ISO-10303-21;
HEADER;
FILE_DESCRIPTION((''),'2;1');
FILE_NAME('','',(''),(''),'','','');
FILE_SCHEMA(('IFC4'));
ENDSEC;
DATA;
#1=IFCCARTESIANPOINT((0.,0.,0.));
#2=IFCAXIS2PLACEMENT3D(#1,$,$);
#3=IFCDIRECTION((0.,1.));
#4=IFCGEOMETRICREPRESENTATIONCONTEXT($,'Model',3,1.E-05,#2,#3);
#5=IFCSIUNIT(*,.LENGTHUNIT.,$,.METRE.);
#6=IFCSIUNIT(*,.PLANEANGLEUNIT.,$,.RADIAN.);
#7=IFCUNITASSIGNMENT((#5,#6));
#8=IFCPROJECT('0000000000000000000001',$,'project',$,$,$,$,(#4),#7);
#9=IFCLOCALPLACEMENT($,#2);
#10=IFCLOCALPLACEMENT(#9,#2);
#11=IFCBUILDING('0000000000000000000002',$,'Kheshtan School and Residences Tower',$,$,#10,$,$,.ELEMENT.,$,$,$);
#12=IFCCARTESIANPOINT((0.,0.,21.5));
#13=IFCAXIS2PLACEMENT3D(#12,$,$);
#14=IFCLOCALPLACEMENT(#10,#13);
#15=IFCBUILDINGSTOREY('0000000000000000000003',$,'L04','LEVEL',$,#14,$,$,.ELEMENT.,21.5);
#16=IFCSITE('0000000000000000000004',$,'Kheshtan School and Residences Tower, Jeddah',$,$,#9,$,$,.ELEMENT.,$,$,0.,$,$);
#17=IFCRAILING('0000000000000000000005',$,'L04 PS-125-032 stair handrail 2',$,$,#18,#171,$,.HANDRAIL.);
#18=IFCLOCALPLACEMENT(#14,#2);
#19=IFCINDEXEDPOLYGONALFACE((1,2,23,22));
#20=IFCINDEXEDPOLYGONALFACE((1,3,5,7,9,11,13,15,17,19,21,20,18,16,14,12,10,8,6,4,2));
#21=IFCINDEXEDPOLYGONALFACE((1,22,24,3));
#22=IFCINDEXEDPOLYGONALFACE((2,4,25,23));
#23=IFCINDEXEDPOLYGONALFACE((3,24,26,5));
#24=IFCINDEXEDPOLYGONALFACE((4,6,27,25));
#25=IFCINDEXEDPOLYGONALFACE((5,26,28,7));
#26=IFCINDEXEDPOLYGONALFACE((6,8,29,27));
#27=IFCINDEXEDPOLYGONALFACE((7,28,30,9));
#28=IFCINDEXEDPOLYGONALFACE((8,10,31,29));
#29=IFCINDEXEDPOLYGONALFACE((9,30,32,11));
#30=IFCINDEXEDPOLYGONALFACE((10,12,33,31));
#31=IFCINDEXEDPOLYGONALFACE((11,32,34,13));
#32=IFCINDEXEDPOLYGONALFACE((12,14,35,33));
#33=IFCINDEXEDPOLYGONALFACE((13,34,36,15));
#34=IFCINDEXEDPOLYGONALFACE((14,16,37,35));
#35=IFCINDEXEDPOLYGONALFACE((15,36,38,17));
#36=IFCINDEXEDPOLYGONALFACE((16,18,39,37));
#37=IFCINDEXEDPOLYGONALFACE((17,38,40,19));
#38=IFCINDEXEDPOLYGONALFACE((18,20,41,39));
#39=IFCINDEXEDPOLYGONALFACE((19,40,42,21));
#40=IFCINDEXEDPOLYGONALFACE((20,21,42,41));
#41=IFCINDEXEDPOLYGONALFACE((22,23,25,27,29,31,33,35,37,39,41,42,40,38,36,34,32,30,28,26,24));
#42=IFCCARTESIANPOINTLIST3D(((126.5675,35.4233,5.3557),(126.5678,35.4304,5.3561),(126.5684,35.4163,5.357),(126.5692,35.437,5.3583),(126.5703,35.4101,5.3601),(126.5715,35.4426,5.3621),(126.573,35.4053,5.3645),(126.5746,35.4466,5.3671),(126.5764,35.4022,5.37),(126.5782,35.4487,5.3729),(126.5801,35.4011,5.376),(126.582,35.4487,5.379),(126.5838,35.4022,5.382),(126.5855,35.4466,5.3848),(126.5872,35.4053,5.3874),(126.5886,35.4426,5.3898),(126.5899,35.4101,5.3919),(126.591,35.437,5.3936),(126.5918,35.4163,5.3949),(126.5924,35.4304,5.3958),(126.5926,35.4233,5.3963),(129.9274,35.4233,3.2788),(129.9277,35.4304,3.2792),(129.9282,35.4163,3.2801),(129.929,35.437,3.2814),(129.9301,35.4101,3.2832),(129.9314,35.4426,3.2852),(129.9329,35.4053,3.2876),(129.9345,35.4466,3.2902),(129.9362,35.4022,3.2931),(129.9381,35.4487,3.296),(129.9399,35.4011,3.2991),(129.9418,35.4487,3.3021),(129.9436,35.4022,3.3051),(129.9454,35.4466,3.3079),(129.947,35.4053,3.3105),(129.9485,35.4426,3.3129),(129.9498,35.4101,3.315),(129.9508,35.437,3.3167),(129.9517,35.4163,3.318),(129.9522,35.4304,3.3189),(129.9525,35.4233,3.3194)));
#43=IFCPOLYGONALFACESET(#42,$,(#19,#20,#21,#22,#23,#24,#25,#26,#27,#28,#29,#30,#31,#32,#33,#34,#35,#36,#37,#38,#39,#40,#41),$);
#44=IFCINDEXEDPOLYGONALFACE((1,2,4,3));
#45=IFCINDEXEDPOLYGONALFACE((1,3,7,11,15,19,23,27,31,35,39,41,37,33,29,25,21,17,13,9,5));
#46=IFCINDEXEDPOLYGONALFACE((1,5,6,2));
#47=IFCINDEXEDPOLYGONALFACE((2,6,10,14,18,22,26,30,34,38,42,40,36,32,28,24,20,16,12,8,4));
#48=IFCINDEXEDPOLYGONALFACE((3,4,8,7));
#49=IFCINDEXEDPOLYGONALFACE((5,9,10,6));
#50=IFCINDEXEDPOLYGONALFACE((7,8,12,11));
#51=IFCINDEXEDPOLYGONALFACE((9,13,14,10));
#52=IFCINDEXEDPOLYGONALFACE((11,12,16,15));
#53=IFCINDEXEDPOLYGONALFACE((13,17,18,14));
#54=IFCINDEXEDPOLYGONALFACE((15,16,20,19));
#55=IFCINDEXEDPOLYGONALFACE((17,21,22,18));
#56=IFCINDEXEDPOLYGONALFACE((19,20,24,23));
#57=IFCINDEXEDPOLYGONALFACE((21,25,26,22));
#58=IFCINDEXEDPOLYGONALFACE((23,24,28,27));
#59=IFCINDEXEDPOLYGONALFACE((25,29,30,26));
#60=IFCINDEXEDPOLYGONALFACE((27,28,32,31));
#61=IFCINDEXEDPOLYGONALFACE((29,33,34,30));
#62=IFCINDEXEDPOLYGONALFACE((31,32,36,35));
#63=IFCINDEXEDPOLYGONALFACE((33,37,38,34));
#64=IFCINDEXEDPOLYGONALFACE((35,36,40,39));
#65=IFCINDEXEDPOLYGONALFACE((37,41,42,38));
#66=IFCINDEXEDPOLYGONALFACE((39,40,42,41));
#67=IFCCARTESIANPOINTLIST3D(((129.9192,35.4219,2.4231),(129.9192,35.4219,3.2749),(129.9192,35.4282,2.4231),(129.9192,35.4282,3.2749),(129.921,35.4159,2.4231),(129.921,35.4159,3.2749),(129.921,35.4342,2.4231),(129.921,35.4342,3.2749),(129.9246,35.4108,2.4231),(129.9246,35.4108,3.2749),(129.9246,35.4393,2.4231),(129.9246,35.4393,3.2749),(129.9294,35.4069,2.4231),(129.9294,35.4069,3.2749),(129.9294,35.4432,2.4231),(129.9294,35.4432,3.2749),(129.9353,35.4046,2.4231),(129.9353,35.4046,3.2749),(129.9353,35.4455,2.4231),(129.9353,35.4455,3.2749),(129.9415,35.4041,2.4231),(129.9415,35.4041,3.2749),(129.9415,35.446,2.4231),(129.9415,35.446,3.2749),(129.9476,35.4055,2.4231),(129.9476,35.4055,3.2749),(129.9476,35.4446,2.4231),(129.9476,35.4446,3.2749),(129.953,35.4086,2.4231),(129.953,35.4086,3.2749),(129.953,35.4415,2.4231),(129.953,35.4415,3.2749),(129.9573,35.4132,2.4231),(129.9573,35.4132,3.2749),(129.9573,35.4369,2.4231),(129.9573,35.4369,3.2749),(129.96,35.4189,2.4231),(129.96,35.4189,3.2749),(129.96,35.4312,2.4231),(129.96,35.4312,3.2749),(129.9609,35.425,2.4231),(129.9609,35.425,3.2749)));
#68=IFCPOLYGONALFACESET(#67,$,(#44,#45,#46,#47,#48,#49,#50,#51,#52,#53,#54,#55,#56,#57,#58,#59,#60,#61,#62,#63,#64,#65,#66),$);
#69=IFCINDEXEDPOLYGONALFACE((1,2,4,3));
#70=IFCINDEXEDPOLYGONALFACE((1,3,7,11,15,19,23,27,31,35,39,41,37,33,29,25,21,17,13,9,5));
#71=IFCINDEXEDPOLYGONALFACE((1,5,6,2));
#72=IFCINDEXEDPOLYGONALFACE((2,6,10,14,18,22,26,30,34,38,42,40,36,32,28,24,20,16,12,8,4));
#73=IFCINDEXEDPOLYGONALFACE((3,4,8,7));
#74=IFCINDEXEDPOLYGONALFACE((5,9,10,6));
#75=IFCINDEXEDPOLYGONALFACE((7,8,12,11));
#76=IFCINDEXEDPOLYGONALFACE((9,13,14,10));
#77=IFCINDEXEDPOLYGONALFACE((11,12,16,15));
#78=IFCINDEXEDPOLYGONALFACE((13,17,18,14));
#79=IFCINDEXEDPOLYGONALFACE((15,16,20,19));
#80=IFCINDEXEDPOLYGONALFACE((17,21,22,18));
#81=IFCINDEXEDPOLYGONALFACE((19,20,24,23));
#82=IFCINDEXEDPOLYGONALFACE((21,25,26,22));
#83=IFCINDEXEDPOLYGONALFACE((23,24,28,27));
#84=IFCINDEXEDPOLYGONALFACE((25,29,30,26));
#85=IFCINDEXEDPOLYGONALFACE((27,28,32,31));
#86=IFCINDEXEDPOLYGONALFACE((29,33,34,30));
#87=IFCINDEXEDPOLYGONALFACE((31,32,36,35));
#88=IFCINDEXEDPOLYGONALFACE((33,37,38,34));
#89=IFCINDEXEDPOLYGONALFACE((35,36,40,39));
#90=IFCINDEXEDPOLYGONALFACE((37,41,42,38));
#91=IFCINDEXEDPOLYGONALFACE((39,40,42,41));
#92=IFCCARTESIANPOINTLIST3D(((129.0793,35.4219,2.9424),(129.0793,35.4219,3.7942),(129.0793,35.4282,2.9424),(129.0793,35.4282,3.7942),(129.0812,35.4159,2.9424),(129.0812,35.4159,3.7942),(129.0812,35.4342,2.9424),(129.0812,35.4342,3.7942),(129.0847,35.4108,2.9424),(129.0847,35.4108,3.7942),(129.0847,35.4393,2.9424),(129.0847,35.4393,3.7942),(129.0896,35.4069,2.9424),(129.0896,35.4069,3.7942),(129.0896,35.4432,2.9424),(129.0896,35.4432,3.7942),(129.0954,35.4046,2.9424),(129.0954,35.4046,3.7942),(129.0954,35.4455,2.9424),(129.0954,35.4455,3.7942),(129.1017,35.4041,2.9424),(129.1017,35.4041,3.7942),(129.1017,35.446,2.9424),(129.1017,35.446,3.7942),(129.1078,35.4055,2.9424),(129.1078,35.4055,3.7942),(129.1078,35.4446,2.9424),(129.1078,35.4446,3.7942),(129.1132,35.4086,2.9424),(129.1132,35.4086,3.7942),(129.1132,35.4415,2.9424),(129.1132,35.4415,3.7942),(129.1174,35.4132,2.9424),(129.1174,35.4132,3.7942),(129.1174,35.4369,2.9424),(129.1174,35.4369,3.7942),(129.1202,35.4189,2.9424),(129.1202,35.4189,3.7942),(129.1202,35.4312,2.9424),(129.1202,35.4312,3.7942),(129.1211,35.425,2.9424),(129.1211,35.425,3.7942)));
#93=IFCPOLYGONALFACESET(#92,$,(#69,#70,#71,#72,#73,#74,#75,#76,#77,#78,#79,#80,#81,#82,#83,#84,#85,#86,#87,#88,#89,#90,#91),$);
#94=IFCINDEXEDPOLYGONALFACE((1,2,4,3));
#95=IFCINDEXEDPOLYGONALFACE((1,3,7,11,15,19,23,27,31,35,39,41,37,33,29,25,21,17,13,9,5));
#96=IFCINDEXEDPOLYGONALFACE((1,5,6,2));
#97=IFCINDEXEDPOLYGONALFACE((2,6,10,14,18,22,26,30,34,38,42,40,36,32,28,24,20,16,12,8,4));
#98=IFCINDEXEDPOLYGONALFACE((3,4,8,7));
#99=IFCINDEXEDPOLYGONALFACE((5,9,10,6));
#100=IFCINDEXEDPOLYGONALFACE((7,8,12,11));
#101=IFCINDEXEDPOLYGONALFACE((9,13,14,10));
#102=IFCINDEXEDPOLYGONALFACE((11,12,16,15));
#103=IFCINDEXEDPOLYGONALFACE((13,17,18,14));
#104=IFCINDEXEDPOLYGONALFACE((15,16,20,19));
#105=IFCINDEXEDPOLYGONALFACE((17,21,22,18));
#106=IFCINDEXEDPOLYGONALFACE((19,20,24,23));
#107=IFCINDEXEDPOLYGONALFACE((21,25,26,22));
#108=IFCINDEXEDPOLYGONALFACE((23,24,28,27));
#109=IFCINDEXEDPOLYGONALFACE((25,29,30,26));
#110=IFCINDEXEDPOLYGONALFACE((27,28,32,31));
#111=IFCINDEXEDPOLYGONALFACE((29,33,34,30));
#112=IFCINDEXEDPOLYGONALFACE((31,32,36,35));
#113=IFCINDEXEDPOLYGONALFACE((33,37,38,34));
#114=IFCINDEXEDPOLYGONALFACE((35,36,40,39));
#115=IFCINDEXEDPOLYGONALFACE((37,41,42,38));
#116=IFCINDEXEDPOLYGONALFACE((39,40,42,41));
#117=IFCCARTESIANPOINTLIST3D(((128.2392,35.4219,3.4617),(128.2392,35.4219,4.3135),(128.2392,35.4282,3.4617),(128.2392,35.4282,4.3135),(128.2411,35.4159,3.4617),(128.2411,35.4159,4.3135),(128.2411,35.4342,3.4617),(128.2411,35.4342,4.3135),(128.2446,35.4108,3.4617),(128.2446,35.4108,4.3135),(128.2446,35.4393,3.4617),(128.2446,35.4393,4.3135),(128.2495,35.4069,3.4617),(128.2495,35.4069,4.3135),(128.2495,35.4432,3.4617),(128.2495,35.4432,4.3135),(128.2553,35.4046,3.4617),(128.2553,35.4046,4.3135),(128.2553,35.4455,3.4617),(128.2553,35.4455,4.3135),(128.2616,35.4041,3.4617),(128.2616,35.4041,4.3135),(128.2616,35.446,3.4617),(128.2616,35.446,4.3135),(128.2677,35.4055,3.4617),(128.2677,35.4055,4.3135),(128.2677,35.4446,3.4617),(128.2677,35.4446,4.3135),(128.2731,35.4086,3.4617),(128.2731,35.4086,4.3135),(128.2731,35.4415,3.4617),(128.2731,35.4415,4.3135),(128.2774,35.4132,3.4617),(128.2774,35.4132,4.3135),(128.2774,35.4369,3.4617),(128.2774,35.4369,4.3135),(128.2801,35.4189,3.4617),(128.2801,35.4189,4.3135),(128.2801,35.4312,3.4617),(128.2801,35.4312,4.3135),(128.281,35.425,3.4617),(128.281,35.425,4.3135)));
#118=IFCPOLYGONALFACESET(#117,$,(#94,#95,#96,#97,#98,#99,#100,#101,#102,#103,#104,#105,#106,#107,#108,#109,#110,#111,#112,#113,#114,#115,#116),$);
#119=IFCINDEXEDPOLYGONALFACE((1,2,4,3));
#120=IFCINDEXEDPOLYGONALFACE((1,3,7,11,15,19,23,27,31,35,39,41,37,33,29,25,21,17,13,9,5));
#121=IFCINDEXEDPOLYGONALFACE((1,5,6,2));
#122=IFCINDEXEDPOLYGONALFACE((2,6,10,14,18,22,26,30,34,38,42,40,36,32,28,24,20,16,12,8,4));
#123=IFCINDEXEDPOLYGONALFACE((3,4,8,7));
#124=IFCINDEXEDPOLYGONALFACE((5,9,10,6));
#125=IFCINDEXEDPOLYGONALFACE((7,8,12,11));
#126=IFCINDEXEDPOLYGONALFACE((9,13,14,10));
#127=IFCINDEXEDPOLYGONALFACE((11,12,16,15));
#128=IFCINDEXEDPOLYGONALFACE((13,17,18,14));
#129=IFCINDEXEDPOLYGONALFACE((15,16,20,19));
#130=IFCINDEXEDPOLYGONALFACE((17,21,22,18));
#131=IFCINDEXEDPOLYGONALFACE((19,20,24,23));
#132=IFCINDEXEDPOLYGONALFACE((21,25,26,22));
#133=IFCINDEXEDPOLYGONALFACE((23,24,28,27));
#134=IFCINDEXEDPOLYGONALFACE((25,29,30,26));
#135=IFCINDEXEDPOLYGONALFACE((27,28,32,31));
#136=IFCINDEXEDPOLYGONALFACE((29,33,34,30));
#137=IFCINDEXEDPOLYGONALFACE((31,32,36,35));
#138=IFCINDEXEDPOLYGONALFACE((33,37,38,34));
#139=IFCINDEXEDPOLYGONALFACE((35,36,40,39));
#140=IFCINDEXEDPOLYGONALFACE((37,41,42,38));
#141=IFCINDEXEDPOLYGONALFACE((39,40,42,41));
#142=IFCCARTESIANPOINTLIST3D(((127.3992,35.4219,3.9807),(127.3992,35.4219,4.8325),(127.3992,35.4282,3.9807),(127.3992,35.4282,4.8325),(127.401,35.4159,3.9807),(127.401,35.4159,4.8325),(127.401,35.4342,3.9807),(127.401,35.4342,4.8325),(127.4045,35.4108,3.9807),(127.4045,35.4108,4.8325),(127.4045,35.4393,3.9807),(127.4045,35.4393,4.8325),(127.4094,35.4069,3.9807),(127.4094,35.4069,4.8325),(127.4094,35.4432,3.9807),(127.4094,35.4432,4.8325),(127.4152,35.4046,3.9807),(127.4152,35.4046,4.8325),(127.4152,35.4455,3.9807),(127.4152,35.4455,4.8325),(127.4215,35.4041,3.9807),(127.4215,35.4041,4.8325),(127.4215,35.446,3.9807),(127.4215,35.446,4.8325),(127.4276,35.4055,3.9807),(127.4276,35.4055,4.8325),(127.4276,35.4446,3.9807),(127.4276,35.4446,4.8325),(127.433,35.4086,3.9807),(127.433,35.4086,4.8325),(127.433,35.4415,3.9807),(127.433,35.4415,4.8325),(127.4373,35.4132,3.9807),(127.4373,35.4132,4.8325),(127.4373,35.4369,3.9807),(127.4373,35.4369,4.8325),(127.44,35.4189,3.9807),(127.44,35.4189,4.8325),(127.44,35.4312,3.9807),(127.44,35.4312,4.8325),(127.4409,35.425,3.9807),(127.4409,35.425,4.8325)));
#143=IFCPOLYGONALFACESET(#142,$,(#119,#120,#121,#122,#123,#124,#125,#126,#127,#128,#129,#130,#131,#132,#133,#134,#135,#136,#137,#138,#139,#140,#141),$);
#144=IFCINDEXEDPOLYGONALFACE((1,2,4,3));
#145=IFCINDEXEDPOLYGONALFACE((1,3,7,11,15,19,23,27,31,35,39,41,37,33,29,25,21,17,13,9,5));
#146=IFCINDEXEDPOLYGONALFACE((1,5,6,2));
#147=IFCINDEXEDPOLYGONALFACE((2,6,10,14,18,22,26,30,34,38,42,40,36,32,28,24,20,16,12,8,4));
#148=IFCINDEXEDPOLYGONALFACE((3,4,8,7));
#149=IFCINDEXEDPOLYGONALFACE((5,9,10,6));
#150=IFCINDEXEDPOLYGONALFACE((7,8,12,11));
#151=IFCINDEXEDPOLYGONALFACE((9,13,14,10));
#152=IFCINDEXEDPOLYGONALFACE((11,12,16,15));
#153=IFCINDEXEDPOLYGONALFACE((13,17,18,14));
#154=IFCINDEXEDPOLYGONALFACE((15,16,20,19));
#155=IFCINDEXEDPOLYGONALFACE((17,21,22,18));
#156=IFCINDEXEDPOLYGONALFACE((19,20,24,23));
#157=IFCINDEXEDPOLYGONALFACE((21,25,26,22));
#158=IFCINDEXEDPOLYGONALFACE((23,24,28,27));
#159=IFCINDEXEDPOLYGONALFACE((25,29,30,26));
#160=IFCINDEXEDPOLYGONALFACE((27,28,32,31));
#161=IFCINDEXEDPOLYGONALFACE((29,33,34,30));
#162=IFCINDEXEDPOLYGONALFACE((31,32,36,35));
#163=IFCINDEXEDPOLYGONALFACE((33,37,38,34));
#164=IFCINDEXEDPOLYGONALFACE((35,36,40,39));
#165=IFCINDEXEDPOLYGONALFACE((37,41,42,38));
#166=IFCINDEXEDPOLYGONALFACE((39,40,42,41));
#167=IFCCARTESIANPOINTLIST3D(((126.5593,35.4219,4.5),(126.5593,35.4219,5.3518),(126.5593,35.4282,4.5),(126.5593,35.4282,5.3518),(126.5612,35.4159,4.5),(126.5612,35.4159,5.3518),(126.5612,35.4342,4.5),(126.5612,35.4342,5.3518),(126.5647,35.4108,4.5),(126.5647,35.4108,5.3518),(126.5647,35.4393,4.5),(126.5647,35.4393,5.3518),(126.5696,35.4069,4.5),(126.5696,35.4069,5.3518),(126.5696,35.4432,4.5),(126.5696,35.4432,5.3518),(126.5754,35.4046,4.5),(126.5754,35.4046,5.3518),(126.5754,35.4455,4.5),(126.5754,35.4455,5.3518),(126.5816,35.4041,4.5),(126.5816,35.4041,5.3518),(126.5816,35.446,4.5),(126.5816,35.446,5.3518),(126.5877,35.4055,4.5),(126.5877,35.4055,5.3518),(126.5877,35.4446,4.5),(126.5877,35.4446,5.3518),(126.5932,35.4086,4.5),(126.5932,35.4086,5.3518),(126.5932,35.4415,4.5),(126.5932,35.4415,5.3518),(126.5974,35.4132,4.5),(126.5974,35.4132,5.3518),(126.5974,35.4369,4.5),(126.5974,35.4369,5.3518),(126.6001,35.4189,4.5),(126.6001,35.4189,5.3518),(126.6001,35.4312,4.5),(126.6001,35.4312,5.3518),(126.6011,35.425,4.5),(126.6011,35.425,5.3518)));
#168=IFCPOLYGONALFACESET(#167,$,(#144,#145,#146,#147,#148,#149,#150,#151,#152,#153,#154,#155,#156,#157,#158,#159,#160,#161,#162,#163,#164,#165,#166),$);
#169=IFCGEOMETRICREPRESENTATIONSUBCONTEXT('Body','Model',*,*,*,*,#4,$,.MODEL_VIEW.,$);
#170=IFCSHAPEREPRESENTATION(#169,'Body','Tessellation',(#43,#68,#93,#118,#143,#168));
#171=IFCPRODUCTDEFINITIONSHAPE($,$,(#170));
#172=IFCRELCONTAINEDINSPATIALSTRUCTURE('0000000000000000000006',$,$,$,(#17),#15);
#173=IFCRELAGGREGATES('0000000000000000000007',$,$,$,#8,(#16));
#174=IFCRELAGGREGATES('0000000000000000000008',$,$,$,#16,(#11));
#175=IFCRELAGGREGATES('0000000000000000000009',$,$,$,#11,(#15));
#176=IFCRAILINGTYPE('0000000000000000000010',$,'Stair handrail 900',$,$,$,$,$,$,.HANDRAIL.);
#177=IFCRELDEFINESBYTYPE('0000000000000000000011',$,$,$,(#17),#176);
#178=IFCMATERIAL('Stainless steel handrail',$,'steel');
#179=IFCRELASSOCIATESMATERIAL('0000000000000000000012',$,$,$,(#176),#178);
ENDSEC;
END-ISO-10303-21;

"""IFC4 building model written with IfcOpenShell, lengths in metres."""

from ifc_helpers import new_model, si_unit, direction, frame, origin, origin_2d, place, context, subcontext, project, spatial, circle, extrude, material, type_object, element, save


model = new_model("IFC4")

# Units and contexts
model_context = context("Model", 3, precision=1e-05, world=origin(), true_north=direction((0.0, 1.0)))
body_context = subcontext(model_context, "Body", "Model", "MODEL_VIEW")
ifc_project = project(units=[si_unit("LENGTHUNIT", "METRE"), si_unit("PLANEANGLEUNIT", "RADIAN")], contexts=[model_context])

# Site, building, storey
site_placement = place(None, origin())
site = spatial("IfcSite", under=ifc_project, at=site_placement, Name="Kheshtan School and Residences Tower, Jeddah", CompositionType="ELEMENT", RefElevation=0.0)
building_placement = place(site_placement, origin())
building = spatial("IfcBuilding", under=site, at=building_placement, Name="Kheshtan School and Residences Tower", CompositionType="ELEMENT")
storey_placement = place(building_placement, frame((0.0, 0.0, 21.5)))
storey = spatial("IfcBuildingStorey", under=building, at=storey_placement, Name="L04", Description="LEVEL", CompositionType="ELEMENT", Elevation=21.5)

# Railing
ifc_material_1 = material(Name="Stainless steel handrail", Category="steel")
railing_type_1 = type_object("IfcRailingType", Name="Stair handrail 900", PredefinedType="HANDRAIL", material=ifc_material_1)
railing_1_placement = place(storey_placement, frame((129.9399, 35.425, 2.4231)))
element("IfcRailing", 1, at=railing_1_placement, inside=storey, type_object=railing_type_1, Name="L04 PS-125-032 stair handrail 2", PredefinedType="HANDRAIL", context=body_context, shape_type="SweptSolid", body=[
    extrude(circle(Radius=0.0239, at=origin_2d()), frame((0.0, 0.0, 0.876), z_axis=(-0.850606, 0.0, 0.525803), x_axis=(0.0, -1.0, 0.0)), (0.0, 0.0, 1.0), 3.95),
    extrude(circle(Radius=0.021, at=origin_2d()), origin(), (0.0, 0.0, 1.0), 0.8518),
    extrude(circle(Radius=0.021, at=origin_2d()), frame((-0.8398, 0.0, 0.5193)), (0.0, 0.0, 1.0), 0.8518),
    extrude(circle(Radius=0.021, at=origin_2d()), frame((-1.6799, 0.0, 1.0386)), (0.0, 0.0, 1.0), 0.8518),
    extrude(circle(Radius=0.021, at=origin_2d()), frame((-2.52, 0.0, 1.5576)), (0.0, 0.0, 1.0), 0.8518),
    extrude(circle(Radius=0.021, at=origin_2d()), frame((-3.3599, 0.0, 2.0769)), (0.0, 0.0, 1.0), 0.8518),
])

save(model, "model.ifc")
